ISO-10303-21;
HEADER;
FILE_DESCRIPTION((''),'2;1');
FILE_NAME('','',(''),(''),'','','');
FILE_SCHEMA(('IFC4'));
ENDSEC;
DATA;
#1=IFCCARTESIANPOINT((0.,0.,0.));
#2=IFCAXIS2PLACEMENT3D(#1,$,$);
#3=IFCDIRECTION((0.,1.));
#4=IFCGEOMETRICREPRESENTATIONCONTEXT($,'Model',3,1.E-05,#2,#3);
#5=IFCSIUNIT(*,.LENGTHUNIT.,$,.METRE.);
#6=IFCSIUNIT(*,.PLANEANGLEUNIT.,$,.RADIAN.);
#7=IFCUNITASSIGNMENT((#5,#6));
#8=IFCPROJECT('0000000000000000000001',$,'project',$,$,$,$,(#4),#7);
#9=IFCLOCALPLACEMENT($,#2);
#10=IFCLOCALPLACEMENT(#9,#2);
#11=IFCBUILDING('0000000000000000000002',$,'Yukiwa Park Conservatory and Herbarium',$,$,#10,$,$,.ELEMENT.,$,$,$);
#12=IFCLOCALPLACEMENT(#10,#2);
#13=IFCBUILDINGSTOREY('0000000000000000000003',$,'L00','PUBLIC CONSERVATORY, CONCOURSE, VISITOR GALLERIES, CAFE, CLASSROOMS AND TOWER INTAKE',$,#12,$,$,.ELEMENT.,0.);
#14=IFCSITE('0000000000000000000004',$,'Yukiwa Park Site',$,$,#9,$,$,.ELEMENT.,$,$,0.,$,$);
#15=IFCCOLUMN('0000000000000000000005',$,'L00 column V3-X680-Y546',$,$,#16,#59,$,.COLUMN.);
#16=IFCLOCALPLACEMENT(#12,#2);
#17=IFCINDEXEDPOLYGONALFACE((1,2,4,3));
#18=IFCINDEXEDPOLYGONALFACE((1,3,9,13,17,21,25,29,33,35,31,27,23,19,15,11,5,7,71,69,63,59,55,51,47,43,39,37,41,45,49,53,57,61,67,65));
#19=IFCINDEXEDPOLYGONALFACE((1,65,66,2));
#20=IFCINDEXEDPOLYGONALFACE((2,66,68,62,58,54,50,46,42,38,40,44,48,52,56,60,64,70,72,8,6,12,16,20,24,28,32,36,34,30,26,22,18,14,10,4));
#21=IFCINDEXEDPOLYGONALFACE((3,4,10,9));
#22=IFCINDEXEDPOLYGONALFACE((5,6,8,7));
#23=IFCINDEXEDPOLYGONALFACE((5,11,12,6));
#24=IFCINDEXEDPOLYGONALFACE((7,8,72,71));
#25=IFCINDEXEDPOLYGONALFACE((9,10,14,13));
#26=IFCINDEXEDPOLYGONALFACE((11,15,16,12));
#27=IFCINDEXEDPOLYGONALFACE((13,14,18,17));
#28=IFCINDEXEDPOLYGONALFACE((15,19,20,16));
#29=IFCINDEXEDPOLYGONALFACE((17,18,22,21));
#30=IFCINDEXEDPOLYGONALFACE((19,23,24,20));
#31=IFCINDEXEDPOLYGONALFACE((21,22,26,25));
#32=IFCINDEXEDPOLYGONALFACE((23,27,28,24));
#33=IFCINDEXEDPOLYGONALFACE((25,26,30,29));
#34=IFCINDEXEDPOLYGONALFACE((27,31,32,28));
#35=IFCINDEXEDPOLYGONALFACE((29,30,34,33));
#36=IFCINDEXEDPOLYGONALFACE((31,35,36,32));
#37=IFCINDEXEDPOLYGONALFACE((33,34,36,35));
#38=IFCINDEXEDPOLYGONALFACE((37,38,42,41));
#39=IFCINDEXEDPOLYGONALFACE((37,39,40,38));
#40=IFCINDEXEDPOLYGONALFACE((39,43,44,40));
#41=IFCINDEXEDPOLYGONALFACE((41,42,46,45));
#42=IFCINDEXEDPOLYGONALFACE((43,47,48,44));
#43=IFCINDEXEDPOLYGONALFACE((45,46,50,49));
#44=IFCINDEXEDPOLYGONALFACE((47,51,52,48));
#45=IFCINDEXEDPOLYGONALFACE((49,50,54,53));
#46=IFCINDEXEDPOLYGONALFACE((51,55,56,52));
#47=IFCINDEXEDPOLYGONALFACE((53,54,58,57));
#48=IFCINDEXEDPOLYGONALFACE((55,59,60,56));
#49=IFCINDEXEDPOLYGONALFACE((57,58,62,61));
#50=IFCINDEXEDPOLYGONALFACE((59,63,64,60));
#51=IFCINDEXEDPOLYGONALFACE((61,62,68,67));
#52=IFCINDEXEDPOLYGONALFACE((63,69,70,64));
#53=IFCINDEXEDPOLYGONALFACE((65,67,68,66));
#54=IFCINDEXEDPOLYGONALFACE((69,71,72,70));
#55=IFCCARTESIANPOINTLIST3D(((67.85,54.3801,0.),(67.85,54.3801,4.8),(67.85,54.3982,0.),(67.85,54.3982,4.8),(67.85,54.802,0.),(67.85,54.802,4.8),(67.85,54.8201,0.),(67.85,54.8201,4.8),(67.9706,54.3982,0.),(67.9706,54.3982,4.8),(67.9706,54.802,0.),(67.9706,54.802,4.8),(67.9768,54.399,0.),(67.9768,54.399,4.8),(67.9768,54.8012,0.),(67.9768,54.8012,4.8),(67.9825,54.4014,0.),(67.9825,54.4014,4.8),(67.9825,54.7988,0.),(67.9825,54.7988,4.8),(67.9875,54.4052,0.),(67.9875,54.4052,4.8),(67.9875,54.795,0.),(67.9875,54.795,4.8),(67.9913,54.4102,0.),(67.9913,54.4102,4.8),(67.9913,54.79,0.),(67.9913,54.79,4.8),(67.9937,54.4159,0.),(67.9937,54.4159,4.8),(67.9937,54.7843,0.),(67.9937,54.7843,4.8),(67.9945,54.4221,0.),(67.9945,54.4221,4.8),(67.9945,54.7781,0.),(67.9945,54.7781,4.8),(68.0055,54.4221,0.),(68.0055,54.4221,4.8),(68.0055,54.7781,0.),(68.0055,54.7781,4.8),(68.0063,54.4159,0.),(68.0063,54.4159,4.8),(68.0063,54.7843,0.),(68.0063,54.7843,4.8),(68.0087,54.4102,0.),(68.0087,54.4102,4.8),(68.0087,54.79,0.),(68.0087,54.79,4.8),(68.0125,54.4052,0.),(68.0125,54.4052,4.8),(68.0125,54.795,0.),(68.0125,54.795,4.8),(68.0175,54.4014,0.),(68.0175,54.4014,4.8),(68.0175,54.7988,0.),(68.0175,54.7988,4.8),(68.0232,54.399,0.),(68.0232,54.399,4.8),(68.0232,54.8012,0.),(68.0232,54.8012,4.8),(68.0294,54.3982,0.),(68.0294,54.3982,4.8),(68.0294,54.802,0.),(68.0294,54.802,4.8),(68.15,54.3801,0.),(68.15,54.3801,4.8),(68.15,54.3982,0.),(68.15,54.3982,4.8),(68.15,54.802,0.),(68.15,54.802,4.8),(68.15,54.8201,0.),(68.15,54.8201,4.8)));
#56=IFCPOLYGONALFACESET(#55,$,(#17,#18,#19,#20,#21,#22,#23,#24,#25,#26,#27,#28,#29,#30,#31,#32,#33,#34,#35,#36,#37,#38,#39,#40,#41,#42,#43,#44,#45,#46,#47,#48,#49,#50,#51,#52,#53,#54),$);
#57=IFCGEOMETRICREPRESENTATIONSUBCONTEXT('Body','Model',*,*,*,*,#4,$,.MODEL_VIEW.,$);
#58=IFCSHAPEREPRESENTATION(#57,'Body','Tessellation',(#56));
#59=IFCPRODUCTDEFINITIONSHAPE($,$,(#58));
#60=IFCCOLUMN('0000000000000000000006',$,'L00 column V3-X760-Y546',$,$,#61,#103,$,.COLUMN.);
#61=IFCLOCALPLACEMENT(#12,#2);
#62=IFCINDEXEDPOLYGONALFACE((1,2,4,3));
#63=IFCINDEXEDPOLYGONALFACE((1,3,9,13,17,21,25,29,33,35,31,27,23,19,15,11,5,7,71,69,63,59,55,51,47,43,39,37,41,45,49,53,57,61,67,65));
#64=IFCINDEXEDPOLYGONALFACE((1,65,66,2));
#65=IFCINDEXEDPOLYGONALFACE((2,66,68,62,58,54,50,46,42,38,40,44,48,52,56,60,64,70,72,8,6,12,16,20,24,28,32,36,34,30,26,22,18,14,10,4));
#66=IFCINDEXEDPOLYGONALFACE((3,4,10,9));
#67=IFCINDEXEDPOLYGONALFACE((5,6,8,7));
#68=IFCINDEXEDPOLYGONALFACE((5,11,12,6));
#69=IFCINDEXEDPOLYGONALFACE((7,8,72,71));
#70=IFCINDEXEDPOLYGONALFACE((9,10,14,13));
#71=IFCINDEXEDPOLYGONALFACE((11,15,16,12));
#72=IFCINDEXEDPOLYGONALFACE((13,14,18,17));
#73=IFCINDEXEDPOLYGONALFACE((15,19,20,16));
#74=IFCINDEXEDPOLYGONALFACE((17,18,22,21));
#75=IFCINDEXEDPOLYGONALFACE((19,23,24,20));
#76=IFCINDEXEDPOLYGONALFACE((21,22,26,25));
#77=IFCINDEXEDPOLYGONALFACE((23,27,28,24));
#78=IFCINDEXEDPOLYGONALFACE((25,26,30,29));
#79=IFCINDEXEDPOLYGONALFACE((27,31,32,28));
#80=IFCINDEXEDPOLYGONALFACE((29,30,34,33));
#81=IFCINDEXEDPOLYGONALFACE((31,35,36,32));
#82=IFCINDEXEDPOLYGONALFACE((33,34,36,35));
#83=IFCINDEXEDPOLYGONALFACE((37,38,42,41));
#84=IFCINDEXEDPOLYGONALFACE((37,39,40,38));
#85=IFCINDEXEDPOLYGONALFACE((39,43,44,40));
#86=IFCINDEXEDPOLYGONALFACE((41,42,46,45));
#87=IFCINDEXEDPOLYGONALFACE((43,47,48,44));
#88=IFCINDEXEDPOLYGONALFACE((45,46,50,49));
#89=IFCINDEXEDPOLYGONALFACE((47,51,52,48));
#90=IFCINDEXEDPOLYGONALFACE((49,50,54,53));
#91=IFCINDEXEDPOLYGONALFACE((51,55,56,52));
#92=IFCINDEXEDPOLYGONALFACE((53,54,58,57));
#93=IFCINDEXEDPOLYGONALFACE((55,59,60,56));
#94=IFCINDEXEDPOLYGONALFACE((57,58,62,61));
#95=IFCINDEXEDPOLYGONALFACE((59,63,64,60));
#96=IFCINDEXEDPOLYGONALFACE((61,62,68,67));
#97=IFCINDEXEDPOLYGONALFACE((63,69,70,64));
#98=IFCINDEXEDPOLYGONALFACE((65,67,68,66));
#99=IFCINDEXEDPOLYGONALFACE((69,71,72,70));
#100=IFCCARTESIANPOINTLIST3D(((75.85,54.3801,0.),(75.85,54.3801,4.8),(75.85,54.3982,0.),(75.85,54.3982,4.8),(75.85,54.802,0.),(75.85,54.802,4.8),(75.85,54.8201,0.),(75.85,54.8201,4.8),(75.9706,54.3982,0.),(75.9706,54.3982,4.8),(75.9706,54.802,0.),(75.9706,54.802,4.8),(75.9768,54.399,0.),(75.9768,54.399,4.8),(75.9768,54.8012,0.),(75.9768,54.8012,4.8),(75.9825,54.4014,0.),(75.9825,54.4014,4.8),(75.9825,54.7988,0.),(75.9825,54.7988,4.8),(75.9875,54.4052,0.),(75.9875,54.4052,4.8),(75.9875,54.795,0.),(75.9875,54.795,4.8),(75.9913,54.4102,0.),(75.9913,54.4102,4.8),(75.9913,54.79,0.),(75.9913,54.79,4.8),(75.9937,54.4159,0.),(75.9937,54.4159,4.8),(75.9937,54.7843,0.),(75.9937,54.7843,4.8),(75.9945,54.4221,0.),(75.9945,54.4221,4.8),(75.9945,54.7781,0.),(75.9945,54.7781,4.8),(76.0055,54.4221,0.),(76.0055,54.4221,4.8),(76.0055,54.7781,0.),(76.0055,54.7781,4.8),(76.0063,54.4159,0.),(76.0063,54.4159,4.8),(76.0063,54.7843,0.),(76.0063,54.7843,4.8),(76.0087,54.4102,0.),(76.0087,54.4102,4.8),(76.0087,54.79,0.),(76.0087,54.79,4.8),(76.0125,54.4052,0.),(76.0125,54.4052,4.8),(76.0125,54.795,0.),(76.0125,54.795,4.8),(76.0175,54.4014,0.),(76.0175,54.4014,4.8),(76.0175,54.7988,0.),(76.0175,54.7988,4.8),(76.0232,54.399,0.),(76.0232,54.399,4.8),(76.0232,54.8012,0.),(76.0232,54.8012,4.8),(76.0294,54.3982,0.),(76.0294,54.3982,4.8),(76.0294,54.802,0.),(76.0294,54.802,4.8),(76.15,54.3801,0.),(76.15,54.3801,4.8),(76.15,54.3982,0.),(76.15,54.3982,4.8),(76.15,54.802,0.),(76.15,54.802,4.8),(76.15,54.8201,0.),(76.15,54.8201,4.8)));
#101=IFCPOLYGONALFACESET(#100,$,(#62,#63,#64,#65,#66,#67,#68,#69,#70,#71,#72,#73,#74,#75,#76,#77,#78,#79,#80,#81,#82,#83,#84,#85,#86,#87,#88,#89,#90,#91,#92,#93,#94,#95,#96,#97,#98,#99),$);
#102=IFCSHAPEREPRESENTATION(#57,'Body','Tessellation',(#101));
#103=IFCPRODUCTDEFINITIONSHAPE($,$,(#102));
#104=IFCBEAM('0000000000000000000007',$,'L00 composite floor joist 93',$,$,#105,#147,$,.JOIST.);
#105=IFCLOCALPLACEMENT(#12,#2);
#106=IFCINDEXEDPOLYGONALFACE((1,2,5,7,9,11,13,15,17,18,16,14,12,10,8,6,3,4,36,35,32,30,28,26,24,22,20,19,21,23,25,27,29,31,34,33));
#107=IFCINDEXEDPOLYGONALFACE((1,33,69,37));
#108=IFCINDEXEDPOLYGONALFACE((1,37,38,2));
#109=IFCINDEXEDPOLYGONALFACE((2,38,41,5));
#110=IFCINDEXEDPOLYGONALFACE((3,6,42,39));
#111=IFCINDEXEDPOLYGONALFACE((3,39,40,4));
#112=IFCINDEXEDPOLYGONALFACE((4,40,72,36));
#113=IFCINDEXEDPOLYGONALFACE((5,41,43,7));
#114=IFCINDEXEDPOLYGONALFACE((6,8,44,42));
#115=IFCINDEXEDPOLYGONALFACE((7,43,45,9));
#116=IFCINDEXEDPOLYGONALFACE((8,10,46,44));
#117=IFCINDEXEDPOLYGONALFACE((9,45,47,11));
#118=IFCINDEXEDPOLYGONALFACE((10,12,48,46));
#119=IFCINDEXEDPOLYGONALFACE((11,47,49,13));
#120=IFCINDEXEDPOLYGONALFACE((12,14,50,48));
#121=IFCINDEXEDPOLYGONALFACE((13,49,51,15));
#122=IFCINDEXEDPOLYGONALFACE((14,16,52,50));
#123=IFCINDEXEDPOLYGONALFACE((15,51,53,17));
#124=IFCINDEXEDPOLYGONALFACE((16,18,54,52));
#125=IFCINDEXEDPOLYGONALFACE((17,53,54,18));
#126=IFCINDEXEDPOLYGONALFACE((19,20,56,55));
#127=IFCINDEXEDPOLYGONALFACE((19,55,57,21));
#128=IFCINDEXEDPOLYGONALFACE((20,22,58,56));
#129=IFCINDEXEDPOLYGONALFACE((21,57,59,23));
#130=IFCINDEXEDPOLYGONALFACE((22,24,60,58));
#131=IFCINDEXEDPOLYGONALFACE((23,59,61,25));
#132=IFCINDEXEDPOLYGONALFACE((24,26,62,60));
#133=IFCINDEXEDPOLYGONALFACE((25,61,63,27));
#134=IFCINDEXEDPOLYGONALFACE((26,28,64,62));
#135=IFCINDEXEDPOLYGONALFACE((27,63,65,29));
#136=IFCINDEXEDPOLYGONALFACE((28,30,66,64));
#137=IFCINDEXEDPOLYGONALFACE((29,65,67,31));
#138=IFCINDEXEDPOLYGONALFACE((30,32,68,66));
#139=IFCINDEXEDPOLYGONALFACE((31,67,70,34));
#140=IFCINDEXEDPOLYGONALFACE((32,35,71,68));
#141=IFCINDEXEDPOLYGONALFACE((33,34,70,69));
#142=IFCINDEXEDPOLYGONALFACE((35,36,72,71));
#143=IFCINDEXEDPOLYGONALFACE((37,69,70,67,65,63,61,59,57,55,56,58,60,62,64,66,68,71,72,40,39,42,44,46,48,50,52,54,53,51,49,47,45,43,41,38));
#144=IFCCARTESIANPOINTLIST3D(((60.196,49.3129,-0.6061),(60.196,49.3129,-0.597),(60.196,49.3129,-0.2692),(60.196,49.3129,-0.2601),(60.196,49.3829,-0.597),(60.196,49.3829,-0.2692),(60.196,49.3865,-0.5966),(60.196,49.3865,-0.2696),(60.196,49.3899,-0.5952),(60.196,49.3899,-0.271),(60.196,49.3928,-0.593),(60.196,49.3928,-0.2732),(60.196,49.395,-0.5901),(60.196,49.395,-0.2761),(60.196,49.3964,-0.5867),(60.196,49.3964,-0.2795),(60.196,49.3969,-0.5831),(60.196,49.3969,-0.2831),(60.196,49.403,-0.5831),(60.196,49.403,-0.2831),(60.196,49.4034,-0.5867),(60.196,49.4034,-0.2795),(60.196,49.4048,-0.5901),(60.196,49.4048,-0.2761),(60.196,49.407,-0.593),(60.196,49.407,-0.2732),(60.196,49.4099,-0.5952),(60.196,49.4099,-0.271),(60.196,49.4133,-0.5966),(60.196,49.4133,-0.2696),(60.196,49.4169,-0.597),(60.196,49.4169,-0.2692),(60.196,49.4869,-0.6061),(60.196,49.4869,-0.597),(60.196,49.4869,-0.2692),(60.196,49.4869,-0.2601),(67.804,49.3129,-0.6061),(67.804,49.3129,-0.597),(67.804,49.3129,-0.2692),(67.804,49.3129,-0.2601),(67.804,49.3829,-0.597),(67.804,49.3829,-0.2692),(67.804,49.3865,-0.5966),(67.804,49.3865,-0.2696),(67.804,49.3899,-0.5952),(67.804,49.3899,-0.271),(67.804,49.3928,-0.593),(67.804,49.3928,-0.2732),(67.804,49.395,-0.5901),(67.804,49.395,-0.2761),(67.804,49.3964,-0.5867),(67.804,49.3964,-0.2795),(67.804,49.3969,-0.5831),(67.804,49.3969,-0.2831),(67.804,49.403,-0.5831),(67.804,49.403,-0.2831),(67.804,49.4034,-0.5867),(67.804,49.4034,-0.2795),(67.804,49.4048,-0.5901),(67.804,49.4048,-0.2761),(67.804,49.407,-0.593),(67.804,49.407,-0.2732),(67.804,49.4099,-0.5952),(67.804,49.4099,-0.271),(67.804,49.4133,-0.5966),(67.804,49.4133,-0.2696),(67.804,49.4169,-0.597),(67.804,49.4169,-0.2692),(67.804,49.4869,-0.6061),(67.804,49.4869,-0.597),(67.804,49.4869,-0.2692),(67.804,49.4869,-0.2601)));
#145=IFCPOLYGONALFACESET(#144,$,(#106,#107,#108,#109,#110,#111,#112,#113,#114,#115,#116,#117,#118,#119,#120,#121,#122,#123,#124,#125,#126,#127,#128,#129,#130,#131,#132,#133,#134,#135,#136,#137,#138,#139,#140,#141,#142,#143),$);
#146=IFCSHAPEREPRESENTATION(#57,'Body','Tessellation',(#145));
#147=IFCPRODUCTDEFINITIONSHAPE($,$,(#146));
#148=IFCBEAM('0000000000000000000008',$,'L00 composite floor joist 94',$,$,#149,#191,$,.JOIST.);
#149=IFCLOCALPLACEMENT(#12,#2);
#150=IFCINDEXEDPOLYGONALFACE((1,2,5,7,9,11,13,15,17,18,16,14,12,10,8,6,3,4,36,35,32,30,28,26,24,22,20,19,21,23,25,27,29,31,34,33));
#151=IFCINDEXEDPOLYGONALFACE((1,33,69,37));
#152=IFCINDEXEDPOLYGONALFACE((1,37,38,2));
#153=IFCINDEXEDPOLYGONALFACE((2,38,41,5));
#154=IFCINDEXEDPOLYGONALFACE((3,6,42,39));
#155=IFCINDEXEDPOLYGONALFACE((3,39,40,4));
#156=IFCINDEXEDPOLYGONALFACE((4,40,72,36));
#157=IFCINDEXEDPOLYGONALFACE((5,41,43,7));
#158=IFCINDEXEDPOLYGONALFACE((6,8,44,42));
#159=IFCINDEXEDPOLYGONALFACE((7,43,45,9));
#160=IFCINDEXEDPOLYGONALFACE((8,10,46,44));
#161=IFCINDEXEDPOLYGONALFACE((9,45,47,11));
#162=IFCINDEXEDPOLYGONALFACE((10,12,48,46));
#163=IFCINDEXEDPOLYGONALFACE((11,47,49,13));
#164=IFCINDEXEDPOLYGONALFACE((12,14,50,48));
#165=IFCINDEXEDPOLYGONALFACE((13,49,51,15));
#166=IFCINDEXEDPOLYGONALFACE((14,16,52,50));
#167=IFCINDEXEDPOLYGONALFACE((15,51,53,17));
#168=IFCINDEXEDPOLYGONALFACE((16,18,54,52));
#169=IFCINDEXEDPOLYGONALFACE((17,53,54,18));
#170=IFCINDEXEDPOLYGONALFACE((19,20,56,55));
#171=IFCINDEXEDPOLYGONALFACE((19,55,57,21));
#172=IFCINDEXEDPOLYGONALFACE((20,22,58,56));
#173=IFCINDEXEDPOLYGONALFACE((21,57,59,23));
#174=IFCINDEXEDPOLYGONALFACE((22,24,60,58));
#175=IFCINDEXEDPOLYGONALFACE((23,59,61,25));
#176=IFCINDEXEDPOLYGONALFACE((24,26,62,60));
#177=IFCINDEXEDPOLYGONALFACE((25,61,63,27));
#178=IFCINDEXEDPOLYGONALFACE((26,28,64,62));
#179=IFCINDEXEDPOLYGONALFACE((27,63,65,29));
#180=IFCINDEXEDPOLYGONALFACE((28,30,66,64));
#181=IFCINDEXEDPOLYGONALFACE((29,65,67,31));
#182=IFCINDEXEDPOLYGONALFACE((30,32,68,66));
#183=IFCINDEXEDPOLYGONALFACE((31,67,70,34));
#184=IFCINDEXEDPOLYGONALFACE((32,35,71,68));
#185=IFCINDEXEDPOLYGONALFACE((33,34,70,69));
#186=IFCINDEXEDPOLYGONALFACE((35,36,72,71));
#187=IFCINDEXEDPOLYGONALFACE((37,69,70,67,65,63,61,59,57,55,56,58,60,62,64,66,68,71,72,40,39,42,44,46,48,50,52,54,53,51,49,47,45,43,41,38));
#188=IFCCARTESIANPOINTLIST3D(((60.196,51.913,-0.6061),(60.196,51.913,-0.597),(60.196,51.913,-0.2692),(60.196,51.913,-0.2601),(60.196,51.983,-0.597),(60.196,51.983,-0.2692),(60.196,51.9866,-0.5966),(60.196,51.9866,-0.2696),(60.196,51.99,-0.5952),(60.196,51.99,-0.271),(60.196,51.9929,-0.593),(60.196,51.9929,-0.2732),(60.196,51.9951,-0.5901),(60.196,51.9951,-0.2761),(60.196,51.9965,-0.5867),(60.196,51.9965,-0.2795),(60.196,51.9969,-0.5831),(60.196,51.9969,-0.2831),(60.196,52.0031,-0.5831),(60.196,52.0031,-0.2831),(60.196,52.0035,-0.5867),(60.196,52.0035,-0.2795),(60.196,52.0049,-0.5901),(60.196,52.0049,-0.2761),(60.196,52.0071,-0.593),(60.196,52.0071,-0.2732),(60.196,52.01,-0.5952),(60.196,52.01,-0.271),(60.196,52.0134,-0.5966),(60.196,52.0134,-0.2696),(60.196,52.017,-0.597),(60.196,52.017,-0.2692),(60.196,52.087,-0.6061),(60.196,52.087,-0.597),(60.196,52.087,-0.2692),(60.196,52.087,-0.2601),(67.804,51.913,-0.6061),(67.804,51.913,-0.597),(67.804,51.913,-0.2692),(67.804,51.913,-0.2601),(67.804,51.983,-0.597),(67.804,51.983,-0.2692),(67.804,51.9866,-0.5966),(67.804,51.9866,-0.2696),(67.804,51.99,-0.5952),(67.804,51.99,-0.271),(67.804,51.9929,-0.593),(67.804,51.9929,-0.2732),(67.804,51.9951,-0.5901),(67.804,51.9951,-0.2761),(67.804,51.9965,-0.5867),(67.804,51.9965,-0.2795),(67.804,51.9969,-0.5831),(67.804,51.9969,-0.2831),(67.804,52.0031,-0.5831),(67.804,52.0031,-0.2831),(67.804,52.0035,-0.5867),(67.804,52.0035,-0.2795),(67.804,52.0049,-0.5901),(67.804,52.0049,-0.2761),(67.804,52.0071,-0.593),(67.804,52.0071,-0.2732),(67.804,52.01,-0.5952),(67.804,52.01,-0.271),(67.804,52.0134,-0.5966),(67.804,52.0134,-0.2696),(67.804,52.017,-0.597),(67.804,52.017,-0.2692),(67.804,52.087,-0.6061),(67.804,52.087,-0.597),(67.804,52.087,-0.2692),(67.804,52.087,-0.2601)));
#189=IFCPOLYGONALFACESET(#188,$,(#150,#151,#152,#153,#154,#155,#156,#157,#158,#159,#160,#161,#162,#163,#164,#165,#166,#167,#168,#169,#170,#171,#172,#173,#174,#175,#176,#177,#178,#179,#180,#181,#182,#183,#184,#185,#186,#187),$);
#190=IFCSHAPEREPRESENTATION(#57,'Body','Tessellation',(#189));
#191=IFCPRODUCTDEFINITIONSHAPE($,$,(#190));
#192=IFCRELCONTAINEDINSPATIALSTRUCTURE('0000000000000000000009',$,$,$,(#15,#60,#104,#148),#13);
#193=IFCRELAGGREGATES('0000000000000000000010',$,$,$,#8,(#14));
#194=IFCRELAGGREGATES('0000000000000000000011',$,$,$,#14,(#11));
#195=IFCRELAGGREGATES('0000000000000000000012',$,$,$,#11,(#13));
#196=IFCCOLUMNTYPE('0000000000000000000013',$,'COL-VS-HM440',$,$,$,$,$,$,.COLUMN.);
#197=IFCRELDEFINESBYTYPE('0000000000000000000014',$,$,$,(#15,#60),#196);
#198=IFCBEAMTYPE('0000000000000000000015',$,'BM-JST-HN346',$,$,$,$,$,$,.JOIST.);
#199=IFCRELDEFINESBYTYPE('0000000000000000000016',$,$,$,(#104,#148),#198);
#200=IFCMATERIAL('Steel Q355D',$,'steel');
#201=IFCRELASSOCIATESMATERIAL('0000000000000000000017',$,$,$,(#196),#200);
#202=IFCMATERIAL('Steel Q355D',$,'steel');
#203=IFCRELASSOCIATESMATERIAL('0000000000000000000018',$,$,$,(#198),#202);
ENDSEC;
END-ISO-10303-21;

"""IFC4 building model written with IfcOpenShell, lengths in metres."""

from ifc_helpers import new_model, si_unit, direction, frame, origin, origin_2d, place, context, subcontext, project, spatial, i_section, extrude, material, material_profile, profile_set, type_object, element, save


model = new_model("IFC4")

# Units and contexts
model_context = context("Model", 3, precision=1e-05, world=origin(), true_north=direction((0.0, 1.0)))
body_context = subcontext(model_context, "Body", "Model", "MODEL_VIEW")
ifc_project = project(units=[si_unit("LENGTHUNIT", "METRE"), si_unit("PLANEANGLEUNIT", "RADIAN")], contexts=[model_context])

# Site, building, storey
site_placement = place(None, origin())
site = spatial("IfcSite", under=ifc_project, at=site_placement, Name="Yukiwa Park Site", CompositionType="ELEMENT", RefElevation=0.0)
building_placement = place(site_placement, origin())
building = spatial("IfcBuilding", under=site, at=building_placement, Name="Yukiwa Park Conservatory and Herbarium", CompositionType="ELEMENT")
storey_placement = place(building_placement, origin())
storey = spatial("IfcBuildingStorey", under=building, at=storey_placement, Name="L00", Description="PUBLIC CONSERVATORY, CONCOURSE, VISITOR GALLERIES, CAFE, CLASSROOMS AND TOWER INTAKE", CompositionType="ELEMENT", Elevation=0.0)

# Columns
ifc_material_1 = material(Name="Steel Q355D", Category="steel")
ifc_material_profile_1 = material_profile(ifc_material_1, i_section(OverallWidth=0.3, OverallDepth=0.4399, WebThickness=0.011, FlangeThickness=0.0181, FilletRadius=0.0239, at=origin_2d()), Name="HM 440x300x11x18")
ifc_profile_set_1 = profile_set([ifc_material_profile_1], Name="Steel Q355D")
column_type = type_object("IfcColumnType", Name="COL-VS-HM440", PredefinedType="COLUMN", material=ifc_profile_set_1)
for number, where, z_axis, x_axis, name in (
    (1, (68.0, 54.6001, 0.0), (0.0, 0.0, 1.0), (1.0, 0.0, 0.0), "L00 column V3-X680-Y546"),
    (2, (76.0, 54.6001, 0.0), (0.0, 0.0, 1.0), (1.0, 0.0, 0.0), "L00 column V3-X760-Y546"),
):
    element("IfcColumn", number, at=place(storey_placement, frame(where, z_axis=z_axis, x_axis=x_axis)), inside=storey, type_object=column_type, Name=name, PredefinedType="COLUMN", context=body_context, shape_type="SweptSolid", body=[
        extrude(i_section(OverallWidth=0.3, OverallDepth=0.4399, WebThickness=0.011, FlangeThickness=0.0181, FilletRadius=0.0239, at=origin_2d()), origin(), (0.0, 0.0, 1.0), 4.8),
    ])

# Beams
ifc_material_2 = material(Name="Steel Q355D", Category="steel")
ifc_material_profile_2 = material_profile(ifc_material_2, i_section(OverallWidth=0.1741, OverallDepth=0.3459, WebThickness=0.0061, FlangeThickness=0.009, FilletRadius=0.0139, at=origin_2d()), Name="HN 346x174x6x9")
ifc_profile_set_2 = profile_set([ifc_material_profile_2], Name="Steel Q355D")
beam_type_1 = type_object("IfcBeamType", Name="BM-JST-HN346", PredefinedType="JOIST", material=ifc_profile_set_2)
for number, where, z_axis, x_axis, name in (
    (3, (60.196, 49.3999, -0.4331), (1.0, 0.0, 0.0), (0.0, 1.0, 0.0), "L00 composite floor joist 93"),
    (4, (60.196, 52.0, -0.4331), (1.0, 0.0, 0.0), (0.0, 1.0, 0.0), "L00 composite floor joist 94"),
):
    element("IfcBeam", number, at=place(storey_placement, frame(where, z_axis=z_axis, x_axis=x_axis)), inside=storey, type_object=beam_type_1, Name=name, PredefinedType="JOIST", context=body_context, shape_type="SweptSolid", body=[
        extrude(i_section(OverallWidth=0.1741, OverallDepth=0.3459, WebThickness=0.0061, FlangeThickness=0.009, FilletRadius=0.0139, at=origin_2d()), origin(), (0.0, 0.0, 1.0), 7.6079),
    ])

save(model, "model.ifc")
